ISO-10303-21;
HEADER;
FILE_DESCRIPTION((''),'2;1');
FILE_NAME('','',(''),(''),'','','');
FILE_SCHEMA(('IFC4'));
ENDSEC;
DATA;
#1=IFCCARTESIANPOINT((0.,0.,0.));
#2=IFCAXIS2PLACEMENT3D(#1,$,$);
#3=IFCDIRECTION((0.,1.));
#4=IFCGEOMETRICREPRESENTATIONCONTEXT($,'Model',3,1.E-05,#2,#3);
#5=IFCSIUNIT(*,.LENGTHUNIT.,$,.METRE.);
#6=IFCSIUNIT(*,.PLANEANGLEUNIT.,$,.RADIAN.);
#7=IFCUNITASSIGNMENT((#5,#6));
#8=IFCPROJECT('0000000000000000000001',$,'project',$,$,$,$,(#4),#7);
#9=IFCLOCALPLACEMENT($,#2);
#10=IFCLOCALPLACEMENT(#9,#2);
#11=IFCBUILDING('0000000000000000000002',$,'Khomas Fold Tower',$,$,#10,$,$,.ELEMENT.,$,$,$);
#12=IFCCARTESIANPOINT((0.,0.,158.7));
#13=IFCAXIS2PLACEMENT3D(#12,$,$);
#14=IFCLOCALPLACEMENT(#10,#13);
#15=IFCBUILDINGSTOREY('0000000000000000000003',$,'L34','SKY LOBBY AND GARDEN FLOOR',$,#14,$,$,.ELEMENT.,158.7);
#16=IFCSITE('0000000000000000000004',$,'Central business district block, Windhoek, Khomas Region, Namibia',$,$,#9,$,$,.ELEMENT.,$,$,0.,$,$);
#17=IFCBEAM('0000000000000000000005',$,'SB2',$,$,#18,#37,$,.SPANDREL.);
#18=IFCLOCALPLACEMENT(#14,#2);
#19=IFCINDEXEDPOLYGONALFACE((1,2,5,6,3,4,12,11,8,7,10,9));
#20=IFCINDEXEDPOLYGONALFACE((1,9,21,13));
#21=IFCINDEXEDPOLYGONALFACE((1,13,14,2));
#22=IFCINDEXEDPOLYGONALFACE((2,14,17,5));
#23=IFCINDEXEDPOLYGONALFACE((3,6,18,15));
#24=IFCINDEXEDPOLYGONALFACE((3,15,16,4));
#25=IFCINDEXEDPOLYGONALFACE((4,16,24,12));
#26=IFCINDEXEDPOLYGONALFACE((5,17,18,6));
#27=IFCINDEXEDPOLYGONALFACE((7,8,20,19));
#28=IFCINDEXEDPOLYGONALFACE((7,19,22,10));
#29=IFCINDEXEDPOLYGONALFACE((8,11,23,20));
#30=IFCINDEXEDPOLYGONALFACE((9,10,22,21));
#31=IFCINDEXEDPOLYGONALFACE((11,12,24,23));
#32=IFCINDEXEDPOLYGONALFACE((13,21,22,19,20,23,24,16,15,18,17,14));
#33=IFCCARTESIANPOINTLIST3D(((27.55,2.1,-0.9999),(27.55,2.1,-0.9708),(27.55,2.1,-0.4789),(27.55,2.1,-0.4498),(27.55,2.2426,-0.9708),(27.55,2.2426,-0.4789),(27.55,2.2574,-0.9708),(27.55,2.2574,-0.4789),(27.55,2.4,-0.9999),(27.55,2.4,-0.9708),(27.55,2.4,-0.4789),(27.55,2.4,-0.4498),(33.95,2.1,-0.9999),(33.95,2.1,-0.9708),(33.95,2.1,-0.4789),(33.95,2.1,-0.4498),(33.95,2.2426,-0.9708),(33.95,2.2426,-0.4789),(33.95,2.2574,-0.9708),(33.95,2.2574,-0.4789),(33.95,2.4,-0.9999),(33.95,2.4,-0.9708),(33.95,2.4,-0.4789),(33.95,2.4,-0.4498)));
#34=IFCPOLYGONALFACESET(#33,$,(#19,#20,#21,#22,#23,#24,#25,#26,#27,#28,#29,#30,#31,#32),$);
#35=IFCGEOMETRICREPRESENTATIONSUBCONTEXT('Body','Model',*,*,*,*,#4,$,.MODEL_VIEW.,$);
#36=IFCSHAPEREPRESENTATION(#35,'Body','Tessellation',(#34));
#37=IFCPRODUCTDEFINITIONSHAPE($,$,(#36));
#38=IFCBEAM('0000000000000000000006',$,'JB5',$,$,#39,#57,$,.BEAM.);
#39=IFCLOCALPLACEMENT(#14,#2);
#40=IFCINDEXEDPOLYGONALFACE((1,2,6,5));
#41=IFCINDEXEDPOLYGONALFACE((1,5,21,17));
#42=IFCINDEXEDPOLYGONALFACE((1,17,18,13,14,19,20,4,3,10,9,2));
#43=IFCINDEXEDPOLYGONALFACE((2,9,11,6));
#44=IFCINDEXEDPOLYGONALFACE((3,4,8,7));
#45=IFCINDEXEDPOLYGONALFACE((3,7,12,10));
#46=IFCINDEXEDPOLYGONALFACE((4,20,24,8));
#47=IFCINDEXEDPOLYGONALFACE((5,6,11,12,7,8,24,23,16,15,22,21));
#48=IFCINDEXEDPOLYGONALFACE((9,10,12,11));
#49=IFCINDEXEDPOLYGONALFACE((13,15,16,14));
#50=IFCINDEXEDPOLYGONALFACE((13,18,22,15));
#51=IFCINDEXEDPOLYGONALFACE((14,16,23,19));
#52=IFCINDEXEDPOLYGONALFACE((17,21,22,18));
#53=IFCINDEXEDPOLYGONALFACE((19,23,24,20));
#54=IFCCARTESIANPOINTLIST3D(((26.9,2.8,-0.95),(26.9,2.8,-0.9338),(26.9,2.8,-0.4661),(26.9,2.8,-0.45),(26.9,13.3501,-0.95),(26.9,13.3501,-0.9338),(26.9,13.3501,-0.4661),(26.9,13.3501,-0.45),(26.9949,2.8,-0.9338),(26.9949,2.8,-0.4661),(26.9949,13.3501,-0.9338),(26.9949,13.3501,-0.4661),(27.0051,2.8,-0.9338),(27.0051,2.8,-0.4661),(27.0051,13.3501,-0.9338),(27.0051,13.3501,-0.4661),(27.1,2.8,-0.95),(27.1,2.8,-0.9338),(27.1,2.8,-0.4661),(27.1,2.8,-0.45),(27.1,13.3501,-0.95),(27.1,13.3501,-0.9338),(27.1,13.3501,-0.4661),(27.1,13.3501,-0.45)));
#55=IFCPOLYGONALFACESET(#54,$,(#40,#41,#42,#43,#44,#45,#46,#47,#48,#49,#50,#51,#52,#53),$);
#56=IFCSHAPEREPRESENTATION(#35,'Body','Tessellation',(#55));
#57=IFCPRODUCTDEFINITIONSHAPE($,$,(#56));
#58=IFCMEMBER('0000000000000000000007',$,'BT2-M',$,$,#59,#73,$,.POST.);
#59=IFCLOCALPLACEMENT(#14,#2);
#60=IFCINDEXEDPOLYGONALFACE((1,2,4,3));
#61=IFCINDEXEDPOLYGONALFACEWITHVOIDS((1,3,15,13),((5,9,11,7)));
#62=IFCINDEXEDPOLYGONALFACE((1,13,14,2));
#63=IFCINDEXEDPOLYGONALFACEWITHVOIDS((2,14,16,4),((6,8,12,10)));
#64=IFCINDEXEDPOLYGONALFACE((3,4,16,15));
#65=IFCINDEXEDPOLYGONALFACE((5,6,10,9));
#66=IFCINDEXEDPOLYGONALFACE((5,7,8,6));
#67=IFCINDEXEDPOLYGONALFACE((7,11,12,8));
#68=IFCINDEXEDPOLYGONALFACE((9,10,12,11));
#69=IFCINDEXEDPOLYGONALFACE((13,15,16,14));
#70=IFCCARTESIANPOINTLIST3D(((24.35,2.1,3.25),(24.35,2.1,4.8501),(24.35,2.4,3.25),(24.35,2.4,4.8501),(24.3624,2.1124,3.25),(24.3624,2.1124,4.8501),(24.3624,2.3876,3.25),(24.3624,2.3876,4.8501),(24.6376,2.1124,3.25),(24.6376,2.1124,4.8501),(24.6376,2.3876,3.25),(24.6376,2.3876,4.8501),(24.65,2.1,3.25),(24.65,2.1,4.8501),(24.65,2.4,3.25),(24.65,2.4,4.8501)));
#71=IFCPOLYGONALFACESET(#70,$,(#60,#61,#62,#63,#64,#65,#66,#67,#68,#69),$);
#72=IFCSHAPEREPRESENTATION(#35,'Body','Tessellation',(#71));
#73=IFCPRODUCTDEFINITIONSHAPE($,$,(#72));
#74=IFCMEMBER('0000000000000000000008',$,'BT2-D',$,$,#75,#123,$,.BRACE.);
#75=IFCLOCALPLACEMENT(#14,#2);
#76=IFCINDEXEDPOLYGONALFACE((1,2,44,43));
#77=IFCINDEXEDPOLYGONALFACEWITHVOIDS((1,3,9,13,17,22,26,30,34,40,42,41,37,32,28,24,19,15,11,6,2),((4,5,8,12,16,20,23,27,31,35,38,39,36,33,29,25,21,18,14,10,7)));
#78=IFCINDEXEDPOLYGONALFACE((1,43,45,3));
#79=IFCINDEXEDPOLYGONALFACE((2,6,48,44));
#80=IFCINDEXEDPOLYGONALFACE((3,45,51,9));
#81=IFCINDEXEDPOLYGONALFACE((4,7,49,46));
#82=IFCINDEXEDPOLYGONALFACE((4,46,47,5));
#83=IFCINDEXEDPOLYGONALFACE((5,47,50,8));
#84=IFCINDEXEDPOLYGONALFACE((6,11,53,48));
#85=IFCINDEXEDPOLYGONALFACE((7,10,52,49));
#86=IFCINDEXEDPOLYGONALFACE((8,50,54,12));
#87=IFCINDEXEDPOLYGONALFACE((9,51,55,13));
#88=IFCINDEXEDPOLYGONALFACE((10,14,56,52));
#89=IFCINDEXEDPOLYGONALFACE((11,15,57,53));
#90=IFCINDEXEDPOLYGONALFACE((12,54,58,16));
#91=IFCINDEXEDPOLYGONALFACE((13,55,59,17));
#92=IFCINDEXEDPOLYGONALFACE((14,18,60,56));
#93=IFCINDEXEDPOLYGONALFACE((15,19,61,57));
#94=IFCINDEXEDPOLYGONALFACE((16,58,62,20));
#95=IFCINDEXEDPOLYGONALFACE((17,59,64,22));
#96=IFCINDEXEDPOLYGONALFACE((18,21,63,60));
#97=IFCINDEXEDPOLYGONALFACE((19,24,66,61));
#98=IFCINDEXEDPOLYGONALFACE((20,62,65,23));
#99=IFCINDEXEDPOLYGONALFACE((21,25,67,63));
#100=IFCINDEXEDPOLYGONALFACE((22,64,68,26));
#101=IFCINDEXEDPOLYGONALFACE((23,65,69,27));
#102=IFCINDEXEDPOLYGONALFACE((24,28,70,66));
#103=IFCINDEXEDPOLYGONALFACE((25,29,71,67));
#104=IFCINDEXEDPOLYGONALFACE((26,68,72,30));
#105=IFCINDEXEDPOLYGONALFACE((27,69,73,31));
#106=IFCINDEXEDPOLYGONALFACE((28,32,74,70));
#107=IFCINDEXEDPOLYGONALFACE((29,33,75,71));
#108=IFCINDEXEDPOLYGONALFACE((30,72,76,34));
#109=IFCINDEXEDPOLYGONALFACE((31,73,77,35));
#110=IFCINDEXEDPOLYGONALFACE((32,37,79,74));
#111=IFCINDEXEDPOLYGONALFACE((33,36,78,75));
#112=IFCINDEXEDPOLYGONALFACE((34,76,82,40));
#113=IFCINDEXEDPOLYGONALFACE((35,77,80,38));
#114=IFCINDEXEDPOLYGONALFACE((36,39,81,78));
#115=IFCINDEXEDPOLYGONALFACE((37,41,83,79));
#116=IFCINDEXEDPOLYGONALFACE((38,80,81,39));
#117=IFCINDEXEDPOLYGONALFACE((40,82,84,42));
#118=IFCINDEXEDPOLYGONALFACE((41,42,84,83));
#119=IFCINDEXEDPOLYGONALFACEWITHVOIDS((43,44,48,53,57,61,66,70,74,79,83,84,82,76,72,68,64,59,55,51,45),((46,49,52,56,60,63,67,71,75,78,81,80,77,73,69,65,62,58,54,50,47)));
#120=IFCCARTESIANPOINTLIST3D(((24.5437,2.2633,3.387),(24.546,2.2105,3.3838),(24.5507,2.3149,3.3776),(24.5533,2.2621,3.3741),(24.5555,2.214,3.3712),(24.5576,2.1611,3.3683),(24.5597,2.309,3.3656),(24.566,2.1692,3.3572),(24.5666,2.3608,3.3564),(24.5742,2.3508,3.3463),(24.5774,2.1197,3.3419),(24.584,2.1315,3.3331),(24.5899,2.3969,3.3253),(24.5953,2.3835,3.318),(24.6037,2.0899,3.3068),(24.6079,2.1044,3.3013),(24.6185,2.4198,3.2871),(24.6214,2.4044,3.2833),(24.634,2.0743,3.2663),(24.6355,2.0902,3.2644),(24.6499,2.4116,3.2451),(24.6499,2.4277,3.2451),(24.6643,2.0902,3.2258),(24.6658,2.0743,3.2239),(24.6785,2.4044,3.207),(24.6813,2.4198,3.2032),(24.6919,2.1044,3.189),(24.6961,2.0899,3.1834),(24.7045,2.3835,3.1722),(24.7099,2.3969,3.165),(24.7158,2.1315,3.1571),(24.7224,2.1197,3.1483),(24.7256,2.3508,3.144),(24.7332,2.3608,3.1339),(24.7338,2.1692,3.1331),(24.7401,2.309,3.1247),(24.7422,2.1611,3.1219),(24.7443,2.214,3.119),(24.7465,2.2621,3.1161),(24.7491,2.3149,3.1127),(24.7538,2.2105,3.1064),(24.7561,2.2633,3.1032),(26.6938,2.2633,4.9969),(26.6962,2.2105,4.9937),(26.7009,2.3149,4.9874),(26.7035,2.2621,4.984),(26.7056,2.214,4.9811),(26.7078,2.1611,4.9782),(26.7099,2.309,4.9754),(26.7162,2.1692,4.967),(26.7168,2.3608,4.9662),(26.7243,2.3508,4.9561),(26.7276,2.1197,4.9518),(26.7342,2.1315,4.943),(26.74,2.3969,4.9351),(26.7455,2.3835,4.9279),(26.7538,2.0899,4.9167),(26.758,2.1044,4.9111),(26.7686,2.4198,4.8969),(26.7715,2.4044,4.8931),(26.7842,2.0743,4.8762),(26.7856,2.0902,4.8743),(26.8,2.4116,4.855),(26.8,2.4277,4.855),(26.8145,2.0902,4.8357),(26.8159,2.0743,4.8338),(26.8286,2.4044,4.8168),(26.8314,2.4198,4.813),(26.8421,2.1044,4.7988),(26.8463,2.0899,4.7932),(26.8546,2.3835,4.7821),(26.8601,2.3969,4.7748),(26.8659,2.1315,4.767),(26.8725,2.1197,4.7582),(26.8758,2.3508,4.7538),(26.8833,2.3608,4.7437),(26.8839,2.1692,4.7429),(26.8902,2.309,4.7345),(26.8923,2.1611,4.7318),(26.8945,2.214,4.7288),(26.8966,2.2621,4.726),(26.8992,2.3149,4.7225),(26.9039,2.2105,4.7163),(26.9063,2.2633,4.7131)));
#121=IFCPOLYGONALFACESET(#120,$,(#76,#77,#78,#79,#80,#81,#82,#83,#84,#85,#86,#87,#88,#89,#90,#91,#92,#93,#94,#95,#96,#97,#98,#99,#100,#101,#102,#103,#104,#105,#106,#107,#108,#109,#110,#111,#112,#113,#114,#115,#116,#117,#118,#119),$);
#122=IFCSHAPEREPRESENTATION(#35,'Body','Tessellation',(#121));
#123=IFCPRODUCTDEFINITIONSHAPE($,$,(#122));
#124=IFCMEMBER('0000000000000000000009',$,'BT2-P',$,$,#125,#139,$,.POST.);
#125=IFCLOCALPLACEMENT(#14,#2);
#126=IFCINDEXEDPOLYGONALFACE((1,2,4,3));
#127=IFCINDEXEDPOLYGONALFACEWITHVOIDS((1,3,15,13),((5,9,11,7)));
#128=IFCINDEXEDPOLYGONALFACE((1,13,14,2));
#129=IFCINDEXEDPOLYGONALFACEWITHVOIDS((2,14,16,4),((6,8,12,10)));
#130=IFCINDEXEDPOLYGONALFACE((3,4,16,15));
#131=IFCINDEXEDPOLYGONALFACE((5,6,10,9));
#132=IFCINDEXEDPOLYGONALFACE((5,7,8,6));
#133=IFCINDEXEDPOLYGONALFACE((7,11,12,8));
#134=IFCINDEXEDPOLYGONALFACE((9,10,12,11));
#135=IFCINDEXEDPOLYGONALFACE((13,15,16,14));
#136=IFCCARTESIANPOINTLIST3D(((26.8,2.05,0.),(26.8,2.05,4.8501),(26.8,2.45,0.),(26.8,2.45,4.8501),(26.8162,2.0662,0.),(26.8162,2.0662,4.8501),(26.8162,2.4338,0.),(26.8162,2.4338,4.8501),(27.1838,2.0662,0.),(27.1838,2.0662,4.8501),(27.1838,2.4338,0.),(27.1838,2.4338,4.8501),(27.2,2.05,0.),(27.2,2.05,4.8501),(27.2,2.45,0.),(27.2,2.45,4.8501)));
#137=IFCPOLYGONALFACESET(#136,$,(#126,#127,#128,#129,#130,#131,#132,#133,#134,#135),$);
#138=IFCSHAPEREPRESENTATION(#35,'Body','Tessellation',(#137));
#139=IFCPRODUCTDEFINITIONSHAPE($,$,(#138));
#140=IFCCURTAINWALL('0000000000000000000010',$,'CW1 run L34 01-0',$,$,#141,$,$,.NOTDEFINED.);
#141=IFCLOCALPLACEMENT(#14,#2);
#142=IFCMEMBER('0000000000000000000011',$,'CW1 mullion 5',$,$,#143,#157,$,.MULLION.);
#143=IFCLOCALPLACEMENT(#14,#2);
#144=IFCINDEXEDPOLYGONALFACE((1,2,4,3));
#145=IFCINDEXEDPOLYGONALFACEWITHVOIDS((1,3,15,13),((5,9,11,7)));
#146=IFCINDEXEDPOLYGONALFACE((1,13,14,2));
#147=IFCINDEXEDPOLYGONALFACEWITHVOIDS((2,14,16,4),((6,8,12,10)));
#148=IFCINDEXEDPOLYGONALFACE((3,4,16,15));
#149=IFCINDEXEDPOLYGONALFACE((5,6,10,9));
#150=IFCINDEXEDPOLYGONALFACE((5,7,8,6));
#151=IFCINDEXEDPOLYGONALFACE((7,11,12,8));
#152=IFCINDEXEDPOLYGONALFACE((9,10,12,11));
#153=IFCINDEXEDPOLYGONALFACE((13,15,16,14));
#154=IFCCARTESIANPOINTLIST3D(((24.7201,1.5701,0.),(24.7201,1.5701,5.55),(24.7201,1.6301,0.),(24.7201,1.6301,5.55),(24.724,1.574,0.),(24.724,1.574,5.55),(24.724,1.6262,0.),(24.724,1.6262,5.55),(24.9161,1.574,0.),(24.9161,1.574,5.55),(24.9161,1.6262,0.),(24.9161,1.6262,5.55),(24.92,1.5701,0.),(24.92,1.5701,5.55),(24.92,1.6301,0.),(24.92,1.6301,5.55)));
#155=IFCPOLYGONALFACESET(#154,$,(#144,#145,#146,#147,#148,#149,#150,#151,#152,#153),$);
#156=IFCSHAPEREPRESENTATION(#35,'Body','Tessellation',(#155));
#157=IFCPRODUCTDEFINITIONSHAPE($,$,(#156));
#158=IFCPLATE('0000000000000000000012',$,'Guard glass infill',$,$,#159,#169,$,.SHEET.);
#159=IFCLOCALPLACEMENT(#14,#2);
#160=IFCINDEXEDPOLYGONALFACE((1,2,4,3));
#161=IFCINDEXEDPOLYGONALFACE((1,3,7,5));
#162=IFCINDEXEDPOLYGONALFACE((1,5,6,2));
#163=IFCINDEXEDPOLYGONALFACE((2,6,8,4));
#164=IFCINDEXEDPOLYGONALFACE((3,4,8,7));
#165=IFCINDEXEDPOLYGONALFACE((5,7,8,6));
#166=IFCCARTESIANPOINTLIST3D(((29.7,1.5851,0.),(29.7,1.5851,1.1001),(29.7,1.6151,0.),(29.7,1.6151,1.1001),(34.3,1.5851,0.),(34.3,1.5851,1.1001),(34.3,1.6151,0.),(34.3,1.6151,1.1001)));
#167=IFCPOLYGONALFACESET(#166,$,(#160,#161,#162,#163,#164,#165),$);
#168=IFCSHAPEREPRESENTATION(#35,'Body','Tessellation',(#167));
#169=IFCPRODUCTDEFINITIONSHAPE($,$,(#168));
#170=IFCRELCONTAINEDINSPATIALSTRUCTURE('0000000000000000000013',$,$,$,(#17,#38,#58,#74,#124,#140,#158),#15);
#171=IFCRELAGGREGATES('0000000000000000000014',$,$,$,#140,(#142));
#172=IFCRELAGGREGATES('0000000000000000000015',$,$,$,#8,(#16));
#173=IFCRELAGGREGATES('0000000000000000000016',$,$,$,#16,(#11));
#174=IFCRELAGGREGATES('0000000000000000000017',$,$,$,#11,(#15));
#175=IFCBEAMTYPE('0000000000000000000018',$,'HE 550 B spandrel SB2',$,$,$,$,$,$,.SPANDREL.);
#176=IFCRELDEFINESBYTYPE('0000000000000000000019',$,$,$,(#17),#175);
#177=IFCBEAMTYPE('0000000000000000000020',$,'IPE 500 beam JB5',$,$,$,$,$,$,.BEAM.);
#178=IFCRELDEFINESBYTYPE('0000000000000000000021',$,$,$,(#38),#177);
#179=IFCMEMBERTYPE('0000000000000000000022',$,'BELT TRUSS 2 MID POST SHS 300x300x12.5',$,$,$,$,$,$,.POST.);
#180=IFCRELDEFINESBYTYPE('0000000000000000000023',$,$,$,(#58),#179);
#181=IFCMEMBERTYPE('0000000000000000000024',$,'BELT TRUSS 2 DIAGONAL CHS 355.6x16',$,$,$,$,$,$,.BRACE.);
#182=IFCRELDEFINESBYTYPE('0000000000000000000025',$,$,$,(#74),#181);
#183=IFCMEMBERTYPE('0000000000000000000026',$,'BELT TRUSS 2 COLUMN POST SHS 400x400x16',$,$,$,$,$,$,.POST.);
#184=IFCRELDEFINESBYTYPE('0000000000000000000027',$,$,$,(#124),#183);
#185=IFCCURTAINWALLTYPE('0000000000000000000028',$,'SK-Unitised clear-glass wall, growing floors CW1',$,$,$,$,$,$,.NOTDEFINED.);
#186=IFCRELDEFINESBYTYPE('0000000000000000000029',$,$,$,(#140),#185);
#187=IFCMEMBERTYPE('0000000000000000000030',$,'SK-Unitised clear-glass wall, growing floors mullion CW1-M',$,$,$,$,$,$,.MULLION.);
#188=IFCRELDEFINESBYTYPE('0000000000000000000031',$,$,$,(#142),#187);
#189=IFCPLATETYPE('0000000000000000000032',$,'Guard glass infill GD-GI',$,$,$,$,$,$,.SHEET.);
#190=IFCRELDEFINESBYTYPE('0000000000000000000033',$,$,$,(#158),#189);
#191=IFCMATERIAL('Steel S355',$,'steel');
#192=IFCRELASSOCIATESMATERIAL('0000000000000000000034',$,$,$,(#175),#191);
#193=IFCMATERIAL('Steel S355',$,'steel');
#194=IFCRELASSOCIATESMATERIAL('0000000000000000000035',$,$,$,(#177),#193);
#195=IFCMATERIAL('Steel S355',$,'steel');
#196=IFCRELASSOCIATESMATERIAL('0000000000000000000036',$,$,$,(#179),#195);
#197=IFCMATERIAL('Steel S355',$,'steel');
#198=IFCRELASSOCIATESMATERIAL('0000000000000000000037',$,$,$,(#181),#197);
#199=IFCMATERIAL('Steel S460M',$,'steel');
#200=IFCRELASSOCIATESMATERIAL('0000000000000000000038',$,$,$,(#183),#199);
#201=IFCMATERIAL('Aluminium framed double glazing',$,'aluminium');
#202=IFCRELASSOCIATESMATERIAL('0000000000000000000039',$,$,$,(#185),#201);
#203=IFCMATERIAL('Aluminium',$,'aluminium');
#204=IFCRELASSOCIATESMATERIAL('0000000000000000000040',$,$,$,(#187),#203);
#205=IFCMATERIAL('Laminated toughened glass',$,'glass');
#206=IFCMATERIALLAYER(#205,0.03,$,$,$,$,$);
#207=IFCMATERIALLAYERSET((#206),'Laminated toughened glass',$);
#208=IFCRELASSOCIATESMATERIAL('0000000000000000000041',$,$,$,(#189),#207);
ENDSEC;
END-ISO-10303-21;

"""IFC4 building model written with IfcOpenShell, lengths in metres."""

from ifc_helpers import new_model, si_unit, direction, frame, origin, origin_2d, place, context, subcontext, project, spatial, rectangle, hollow_rectangle, hollow_circle, i_section, extrude, source, transform, mapped, material, layer, layer_set, material_profile, profile_set, type_object, element, aggregate, save


model = new_model("IFC4")

# Units and contexts
model_context = context("Model", 3, precision=1e-05, world=origin(), true_north=direction((0.0, 1.0)))
body_context = subcontext(model_context, "Body", "Model", "MODEL_VIEW")
ifc_project = project(units=[si_unit("LENGTHUNIT", "METRE"), si_unit("PLANEANGLEUNIT", "RADIAN")], contexts=[model_context])

# Site, building, storey
site_placement = place(None, origin())
site = spatial("IfcSite", under=ifc_project, at=site_placement, Name="Central business district block, Windhoek, Khomas Region, Namibia", CompositionType="ELEMENT", RefElevation=0.0)
building_placement = place(site_placement, origin())
building = spatial("IfcBuilding", under=site, at=building_placement, Name="Khomas Fold Tower", CompositionType="ELEMENT")
storey_placement = place(building_placement, frame((0.0, 0.0, 158.7)))
storey = spatial("IfcBuildingStorey", under=building, at=storey_placement, Name="L34", Description="SKY LOBBY AND GARDEN FLOOR", CompositionType="ELEMENT", Elevation=158.7)

# Beams
ifc_material_1 = material(Name="Steel S355", Category="steel")
ifc_material_profile_1 = material_profile(ifc_material_1, i_section(OverallWidth=0.3, OverallDepth=0.55, WebThickness=0.0149, FlangeThickness=0.0291, at=origin_2d()), Name="HE 550 B")
ifc_profile_set_1 = profile_set([ifc_material_profile_1], Name="Steel S355")
beam_type_1 = type_object("IfcBeamType", Name="HE 550 B spandrel SB2", PredefinedType="SPANDREL", material=ifc_profile_set_1)
shared_shape_1 = source(origin(), body_context, "Body", "SweptSolid", [
    extrude(i_section(OverallWidth=0.3, OverallDepth=0.55, WebThickness=0.0149, FlangeThickness=0.0291, at=origin_2d()), origin(), (0.0, 0.0, 1.0), 6.3999),
])
beam_1_placement = place(storey_placement, frame((27.55, 2.25, -0.7249), z_axis=(1.0, 0.0, 0.0), x_axis=(0.0, 1.0, 0.0)))
element("IfcBeam", 1, at=beam_1_placement, inside=storey, type_object=beam_type_1, Name="SB2", PredefinedType="SPANDREL", context=body_context, shape_type="MappedRepresentation", body=[
    mapped(shared_shape_1, transform((0.0, 0.0, 0.0))),
])
ifc_material_2 = material(Name="Steel S355", Category="steel")
ifc_material_profile_2 = material_profile(ifc_material_2, i_section(OverallWidth=0.2, OverallDepth=0.5, WebThickness=0.0103, FlangeThickness=0.0161, at=origin_2d()), Name="IPE 500")
ifc_profile_set_2 = profile_set([ifc_material_profile_2], Name="Steel S355")
beam_type_2 = type_object("IfcBeamType", Name="IPE 500 beam JB5", PredefinedType="BEAM", material=ifc_profile_set_2)
shared_shape_2 = source(origin(), body_context, "Body", "SweptSolid", [
    extrude(i_section(OverallWidth=0.2, OverallDepth=0.5, WebThickness=0.0103, FlangeThickness=0.0161, at=origin_2d()), origin(), (0.0, 0.0, 1.0), 10.55),
])
beam_2_placement = place(storey_placement, frame((27.0, 2.8, -0.7), z_axis=(0.0, 1.0, 0.0), x_axis=(-1.0, 0.0, 0.0)))
element("IfcBeam", 2, at=beam_2_placement, inside=storey, type_object=beam_type_2, Name="JB5", PredefinedType="BEAM", context=body_context, shape_type="MappedRepresentation", body=[
    mapped(shared_shape_2, transform((0.0, 0.0, 0.0))),
])

# Members
ifc_material_3 = material(Name="Steel S355", Category="steel")
ifc_material_profile_3 = material_profile(ifc_material_3, hollow_rectangle(XDim=0.3, YDim=0.3, WallThickness=0.0125, at=origin_2d()), Name="SHS 300x300x12.5")
ifc_profile_set_3 = profile_set([ifc_material_profile_3], Name="Steel S355")
member_type_1 = type_object("IfcMemberType", Name="BELT TRUSS 2 MID POST SHS 300x300x12.5", PredefinedType="POST", material=ifc_profile_set_3)
shared_shape_3 = source(origin(), body_context, "Body", "SweptSolid", [
    extrude(hollow_rectangle(XDim=0.3, YDim=0.3, WallThickness=0.0125, at=origin_2d()), origin(), (0.0, 0.0, 1.0), 1.6001),
])
member_1_placement = place(storey_placement, frame((24.5, 2.25, 3.25), z_axis=(0.0, 0.0, 1.0), x_axis=(1.0, 0.0, 0.0)))
element("IfcMember", 3, at=member_1_placement, inside=storey, type_object=member_type_1, Name="BT2-M", PredefinedType="POST", context=body_context, shape_type="MappedRepresentation", body=[
    mapped(shared_shape_3, transform((0.0, 0.0, 0.0))),
])
ifc_material_4 = material(Name="Steel S355", Category="steel")
ifc_material_profile_4 = material_profile(ifc_material_4, hollow_circle(Radius=0.1777, WallThickness=0.0161, at=origin_2d()), Name="CHS 355.6x16")
ifc_profile_set_4 = profile_set([ifc_material_profile_4], Name="Steel S355")
member_type_2 = type_object("IfcMemberType", Name="BELT TRUSS 2 DIAGONAL CHS 355.6x16", PredefinedType="BRACE", material=ifc_profile_set_4)
shared_shape_4 = source(origin(), body_context, "Body", "SweptSolid", [
    extrude(hollow_circle(Radius=0.1777, WallThickness=0.0161, at=origin_2d()), origin(), (0.0, 0.0, 1.0), 2.686),
])
member_2_placement = place(storey_placement, frame((24.6499, 2.25, 3.2451), z_axis=(0.800491, 0.0, 0.599345), x_axis=(0.0, 1.0, 0.0)))
element("IfcMember", 4, at=member_2_placement, inside=storey, type_object=member_type_2, Name="BT2-D", PredefinedType="BRACE", context=body_context, shape_type="MappedRepresentation", body=[
    mapped(shared_shape_4, transform((0.0, 0.0, 0.0))),
])
ifc_material_5 = material(Name="Steel S460M", Category="steel")
ifc_material_profile_5 = material_profile(ifc_material_5, hollow_rectangle(XDim=0.3999, YDim=0.3999, WallThickness=0.0161, at=origin_2d()), Name="SHS 400x400x16")
ifc_profile_set_5 = profile_set([ifc_material_profile_5], Name="Steel S460M")
member_type_3 = type_object("IfcMemberType", Name="BELT TRUSS 2 COLUMN POST SHS 400x400x16", PredefinedType="POST", material=ifc_profile_set_5)
shared_shape_5 = source(origin(), body_context, "Body", "SweptSolid", [
    extrude(hollow_rectangle(XDim=0.3999, YDim=0.3999, WallThickness=0.0161, at=origin_2d()), origin(), (0.0, 0.0, 1.0), 4.8501),
])
member_3_placement = place(storey_placement, frame((27.0, 2.25, 0.0), z_axis=(0.0, 0.0, 1.0), x_axis=(1.0, 0.0, 0.0)))
element("IfcMember", 5, at=member_3_placement, inside=storey, type_object=member_type_3, Name="BT2-P", PredefinedType="POST", context=body_context, shape_type="MappedRepresentation", body=[
    mapped(shared_shape_5, transform((0.0, 0.0, 0.0))),
])

# Curtain wall, member
ifc_material_6 = material(Name="Aluminium framed double glazing", Category="aluminium")
curtain_wall_type = type_object("IfcCurtainWallType", Name="SK-Unitised clear-glass wall, growing floors CW1", PredefinedType="NOTDEFINED", material=ifc_material_6)
curtain_wall_placement = place(storey_placement, origin())
curtain_wall = element("IfcCurtainWall", 6, at=curtain_wall_placement, inside=storey, type_object=curtain_wall_type, Name="CW1 run L34 01-0", PredefinedType="NOTDEFINED")
ifc_material_7 = material(Name="Aluminium", Category="aluminium")
ifc_material_profile_6 = material_profile(ifc_material_7, hollow_rectangle(XDim=0.0601, YDim=0.2, WallThickness=0.0039, at=origin_2d()), Name="SK-Unitised clear-glass wall, growing floors mullion CW1-M")
ifc_profile_set_6 = profile_set([ifc_material_profile_6], Name="Aluminium")
member_type_4 = type_object("IfcMemberType", Name="SK-Unitised clear-glass wall, growing floors mullion CW1-M", PredefinedType="MULLION", material=ifc_profile_set_6)
shared_shape_6 = source(origin(), body_context, "Body", "SweptSolid", [
    extrude(hollow_rectangle(XDim=0.0601, YDim=0.2, WallThickness=0.0039, at=origin_2d()), origin(), (0.0, 0.0, 1.0), 5.55),
])
member_4_placement = place(storey_placement, frame((24.8201, 1.6001, 0.0), z_axis=(0.0, 0.0, 1.0), x_axis=(0.0, 1.0, 0.0)))
member_4 = element("IfcMember", 7, at=member_4_placement, type_object=member_type_4, Name="CW1 mullion 5", PredefinedType="MULLION", context=body_context, shape_type="MappedRepresentation", body=[
    mapped(shared_shape_6, transform((0.0, 0.0, 0.0))),
])
aggregate(curtain_wall, [member_4])

# Plate
ifc_material_8 = material(Name="Laminated toughened glass", Category="glass")
ifc_layer_1 = layer(ifc_material_8, 0.03)
ifc_layer_set_1 = layer_set([ifc_layer_1], Name="Laminated toughened glass")
plate_type = type_object("IfcPlateType", Name="Guard glass infill GD-GI", PredefinedType="SHEET", material=ifc_layer_set_1)
shared_shape_7 = source(origin(), body_context, "Body", "SweptSolid", [
    extrude(rectangle(XDim=4.6001, YDim=0.03, at=origin_2d()), origin(), (0.0, 0.0, 1.0), 1.1001),
])
for number, where, z_axis, x_axis, name in (
    (8, (32.0, 1.6001, 0.0), (0.0, 0.0, 1.0), (-1.0, 0.0, 0.0), "Guard glass infill"),
):
    element("IfcPlate", number, at=place(storey_placement, frame(where, z_axis=z_axis, x_axis=x_axis)), inside=storey, type_object=plate_type, Name=name, PredefinedType="SHEET", context=body_context, shape_type="MappedRepresentation", body=[
        mapped(shared_shape_7, transform((0.0, 0.0, 0.0))),
    ])

save(model, "model.ifc")
